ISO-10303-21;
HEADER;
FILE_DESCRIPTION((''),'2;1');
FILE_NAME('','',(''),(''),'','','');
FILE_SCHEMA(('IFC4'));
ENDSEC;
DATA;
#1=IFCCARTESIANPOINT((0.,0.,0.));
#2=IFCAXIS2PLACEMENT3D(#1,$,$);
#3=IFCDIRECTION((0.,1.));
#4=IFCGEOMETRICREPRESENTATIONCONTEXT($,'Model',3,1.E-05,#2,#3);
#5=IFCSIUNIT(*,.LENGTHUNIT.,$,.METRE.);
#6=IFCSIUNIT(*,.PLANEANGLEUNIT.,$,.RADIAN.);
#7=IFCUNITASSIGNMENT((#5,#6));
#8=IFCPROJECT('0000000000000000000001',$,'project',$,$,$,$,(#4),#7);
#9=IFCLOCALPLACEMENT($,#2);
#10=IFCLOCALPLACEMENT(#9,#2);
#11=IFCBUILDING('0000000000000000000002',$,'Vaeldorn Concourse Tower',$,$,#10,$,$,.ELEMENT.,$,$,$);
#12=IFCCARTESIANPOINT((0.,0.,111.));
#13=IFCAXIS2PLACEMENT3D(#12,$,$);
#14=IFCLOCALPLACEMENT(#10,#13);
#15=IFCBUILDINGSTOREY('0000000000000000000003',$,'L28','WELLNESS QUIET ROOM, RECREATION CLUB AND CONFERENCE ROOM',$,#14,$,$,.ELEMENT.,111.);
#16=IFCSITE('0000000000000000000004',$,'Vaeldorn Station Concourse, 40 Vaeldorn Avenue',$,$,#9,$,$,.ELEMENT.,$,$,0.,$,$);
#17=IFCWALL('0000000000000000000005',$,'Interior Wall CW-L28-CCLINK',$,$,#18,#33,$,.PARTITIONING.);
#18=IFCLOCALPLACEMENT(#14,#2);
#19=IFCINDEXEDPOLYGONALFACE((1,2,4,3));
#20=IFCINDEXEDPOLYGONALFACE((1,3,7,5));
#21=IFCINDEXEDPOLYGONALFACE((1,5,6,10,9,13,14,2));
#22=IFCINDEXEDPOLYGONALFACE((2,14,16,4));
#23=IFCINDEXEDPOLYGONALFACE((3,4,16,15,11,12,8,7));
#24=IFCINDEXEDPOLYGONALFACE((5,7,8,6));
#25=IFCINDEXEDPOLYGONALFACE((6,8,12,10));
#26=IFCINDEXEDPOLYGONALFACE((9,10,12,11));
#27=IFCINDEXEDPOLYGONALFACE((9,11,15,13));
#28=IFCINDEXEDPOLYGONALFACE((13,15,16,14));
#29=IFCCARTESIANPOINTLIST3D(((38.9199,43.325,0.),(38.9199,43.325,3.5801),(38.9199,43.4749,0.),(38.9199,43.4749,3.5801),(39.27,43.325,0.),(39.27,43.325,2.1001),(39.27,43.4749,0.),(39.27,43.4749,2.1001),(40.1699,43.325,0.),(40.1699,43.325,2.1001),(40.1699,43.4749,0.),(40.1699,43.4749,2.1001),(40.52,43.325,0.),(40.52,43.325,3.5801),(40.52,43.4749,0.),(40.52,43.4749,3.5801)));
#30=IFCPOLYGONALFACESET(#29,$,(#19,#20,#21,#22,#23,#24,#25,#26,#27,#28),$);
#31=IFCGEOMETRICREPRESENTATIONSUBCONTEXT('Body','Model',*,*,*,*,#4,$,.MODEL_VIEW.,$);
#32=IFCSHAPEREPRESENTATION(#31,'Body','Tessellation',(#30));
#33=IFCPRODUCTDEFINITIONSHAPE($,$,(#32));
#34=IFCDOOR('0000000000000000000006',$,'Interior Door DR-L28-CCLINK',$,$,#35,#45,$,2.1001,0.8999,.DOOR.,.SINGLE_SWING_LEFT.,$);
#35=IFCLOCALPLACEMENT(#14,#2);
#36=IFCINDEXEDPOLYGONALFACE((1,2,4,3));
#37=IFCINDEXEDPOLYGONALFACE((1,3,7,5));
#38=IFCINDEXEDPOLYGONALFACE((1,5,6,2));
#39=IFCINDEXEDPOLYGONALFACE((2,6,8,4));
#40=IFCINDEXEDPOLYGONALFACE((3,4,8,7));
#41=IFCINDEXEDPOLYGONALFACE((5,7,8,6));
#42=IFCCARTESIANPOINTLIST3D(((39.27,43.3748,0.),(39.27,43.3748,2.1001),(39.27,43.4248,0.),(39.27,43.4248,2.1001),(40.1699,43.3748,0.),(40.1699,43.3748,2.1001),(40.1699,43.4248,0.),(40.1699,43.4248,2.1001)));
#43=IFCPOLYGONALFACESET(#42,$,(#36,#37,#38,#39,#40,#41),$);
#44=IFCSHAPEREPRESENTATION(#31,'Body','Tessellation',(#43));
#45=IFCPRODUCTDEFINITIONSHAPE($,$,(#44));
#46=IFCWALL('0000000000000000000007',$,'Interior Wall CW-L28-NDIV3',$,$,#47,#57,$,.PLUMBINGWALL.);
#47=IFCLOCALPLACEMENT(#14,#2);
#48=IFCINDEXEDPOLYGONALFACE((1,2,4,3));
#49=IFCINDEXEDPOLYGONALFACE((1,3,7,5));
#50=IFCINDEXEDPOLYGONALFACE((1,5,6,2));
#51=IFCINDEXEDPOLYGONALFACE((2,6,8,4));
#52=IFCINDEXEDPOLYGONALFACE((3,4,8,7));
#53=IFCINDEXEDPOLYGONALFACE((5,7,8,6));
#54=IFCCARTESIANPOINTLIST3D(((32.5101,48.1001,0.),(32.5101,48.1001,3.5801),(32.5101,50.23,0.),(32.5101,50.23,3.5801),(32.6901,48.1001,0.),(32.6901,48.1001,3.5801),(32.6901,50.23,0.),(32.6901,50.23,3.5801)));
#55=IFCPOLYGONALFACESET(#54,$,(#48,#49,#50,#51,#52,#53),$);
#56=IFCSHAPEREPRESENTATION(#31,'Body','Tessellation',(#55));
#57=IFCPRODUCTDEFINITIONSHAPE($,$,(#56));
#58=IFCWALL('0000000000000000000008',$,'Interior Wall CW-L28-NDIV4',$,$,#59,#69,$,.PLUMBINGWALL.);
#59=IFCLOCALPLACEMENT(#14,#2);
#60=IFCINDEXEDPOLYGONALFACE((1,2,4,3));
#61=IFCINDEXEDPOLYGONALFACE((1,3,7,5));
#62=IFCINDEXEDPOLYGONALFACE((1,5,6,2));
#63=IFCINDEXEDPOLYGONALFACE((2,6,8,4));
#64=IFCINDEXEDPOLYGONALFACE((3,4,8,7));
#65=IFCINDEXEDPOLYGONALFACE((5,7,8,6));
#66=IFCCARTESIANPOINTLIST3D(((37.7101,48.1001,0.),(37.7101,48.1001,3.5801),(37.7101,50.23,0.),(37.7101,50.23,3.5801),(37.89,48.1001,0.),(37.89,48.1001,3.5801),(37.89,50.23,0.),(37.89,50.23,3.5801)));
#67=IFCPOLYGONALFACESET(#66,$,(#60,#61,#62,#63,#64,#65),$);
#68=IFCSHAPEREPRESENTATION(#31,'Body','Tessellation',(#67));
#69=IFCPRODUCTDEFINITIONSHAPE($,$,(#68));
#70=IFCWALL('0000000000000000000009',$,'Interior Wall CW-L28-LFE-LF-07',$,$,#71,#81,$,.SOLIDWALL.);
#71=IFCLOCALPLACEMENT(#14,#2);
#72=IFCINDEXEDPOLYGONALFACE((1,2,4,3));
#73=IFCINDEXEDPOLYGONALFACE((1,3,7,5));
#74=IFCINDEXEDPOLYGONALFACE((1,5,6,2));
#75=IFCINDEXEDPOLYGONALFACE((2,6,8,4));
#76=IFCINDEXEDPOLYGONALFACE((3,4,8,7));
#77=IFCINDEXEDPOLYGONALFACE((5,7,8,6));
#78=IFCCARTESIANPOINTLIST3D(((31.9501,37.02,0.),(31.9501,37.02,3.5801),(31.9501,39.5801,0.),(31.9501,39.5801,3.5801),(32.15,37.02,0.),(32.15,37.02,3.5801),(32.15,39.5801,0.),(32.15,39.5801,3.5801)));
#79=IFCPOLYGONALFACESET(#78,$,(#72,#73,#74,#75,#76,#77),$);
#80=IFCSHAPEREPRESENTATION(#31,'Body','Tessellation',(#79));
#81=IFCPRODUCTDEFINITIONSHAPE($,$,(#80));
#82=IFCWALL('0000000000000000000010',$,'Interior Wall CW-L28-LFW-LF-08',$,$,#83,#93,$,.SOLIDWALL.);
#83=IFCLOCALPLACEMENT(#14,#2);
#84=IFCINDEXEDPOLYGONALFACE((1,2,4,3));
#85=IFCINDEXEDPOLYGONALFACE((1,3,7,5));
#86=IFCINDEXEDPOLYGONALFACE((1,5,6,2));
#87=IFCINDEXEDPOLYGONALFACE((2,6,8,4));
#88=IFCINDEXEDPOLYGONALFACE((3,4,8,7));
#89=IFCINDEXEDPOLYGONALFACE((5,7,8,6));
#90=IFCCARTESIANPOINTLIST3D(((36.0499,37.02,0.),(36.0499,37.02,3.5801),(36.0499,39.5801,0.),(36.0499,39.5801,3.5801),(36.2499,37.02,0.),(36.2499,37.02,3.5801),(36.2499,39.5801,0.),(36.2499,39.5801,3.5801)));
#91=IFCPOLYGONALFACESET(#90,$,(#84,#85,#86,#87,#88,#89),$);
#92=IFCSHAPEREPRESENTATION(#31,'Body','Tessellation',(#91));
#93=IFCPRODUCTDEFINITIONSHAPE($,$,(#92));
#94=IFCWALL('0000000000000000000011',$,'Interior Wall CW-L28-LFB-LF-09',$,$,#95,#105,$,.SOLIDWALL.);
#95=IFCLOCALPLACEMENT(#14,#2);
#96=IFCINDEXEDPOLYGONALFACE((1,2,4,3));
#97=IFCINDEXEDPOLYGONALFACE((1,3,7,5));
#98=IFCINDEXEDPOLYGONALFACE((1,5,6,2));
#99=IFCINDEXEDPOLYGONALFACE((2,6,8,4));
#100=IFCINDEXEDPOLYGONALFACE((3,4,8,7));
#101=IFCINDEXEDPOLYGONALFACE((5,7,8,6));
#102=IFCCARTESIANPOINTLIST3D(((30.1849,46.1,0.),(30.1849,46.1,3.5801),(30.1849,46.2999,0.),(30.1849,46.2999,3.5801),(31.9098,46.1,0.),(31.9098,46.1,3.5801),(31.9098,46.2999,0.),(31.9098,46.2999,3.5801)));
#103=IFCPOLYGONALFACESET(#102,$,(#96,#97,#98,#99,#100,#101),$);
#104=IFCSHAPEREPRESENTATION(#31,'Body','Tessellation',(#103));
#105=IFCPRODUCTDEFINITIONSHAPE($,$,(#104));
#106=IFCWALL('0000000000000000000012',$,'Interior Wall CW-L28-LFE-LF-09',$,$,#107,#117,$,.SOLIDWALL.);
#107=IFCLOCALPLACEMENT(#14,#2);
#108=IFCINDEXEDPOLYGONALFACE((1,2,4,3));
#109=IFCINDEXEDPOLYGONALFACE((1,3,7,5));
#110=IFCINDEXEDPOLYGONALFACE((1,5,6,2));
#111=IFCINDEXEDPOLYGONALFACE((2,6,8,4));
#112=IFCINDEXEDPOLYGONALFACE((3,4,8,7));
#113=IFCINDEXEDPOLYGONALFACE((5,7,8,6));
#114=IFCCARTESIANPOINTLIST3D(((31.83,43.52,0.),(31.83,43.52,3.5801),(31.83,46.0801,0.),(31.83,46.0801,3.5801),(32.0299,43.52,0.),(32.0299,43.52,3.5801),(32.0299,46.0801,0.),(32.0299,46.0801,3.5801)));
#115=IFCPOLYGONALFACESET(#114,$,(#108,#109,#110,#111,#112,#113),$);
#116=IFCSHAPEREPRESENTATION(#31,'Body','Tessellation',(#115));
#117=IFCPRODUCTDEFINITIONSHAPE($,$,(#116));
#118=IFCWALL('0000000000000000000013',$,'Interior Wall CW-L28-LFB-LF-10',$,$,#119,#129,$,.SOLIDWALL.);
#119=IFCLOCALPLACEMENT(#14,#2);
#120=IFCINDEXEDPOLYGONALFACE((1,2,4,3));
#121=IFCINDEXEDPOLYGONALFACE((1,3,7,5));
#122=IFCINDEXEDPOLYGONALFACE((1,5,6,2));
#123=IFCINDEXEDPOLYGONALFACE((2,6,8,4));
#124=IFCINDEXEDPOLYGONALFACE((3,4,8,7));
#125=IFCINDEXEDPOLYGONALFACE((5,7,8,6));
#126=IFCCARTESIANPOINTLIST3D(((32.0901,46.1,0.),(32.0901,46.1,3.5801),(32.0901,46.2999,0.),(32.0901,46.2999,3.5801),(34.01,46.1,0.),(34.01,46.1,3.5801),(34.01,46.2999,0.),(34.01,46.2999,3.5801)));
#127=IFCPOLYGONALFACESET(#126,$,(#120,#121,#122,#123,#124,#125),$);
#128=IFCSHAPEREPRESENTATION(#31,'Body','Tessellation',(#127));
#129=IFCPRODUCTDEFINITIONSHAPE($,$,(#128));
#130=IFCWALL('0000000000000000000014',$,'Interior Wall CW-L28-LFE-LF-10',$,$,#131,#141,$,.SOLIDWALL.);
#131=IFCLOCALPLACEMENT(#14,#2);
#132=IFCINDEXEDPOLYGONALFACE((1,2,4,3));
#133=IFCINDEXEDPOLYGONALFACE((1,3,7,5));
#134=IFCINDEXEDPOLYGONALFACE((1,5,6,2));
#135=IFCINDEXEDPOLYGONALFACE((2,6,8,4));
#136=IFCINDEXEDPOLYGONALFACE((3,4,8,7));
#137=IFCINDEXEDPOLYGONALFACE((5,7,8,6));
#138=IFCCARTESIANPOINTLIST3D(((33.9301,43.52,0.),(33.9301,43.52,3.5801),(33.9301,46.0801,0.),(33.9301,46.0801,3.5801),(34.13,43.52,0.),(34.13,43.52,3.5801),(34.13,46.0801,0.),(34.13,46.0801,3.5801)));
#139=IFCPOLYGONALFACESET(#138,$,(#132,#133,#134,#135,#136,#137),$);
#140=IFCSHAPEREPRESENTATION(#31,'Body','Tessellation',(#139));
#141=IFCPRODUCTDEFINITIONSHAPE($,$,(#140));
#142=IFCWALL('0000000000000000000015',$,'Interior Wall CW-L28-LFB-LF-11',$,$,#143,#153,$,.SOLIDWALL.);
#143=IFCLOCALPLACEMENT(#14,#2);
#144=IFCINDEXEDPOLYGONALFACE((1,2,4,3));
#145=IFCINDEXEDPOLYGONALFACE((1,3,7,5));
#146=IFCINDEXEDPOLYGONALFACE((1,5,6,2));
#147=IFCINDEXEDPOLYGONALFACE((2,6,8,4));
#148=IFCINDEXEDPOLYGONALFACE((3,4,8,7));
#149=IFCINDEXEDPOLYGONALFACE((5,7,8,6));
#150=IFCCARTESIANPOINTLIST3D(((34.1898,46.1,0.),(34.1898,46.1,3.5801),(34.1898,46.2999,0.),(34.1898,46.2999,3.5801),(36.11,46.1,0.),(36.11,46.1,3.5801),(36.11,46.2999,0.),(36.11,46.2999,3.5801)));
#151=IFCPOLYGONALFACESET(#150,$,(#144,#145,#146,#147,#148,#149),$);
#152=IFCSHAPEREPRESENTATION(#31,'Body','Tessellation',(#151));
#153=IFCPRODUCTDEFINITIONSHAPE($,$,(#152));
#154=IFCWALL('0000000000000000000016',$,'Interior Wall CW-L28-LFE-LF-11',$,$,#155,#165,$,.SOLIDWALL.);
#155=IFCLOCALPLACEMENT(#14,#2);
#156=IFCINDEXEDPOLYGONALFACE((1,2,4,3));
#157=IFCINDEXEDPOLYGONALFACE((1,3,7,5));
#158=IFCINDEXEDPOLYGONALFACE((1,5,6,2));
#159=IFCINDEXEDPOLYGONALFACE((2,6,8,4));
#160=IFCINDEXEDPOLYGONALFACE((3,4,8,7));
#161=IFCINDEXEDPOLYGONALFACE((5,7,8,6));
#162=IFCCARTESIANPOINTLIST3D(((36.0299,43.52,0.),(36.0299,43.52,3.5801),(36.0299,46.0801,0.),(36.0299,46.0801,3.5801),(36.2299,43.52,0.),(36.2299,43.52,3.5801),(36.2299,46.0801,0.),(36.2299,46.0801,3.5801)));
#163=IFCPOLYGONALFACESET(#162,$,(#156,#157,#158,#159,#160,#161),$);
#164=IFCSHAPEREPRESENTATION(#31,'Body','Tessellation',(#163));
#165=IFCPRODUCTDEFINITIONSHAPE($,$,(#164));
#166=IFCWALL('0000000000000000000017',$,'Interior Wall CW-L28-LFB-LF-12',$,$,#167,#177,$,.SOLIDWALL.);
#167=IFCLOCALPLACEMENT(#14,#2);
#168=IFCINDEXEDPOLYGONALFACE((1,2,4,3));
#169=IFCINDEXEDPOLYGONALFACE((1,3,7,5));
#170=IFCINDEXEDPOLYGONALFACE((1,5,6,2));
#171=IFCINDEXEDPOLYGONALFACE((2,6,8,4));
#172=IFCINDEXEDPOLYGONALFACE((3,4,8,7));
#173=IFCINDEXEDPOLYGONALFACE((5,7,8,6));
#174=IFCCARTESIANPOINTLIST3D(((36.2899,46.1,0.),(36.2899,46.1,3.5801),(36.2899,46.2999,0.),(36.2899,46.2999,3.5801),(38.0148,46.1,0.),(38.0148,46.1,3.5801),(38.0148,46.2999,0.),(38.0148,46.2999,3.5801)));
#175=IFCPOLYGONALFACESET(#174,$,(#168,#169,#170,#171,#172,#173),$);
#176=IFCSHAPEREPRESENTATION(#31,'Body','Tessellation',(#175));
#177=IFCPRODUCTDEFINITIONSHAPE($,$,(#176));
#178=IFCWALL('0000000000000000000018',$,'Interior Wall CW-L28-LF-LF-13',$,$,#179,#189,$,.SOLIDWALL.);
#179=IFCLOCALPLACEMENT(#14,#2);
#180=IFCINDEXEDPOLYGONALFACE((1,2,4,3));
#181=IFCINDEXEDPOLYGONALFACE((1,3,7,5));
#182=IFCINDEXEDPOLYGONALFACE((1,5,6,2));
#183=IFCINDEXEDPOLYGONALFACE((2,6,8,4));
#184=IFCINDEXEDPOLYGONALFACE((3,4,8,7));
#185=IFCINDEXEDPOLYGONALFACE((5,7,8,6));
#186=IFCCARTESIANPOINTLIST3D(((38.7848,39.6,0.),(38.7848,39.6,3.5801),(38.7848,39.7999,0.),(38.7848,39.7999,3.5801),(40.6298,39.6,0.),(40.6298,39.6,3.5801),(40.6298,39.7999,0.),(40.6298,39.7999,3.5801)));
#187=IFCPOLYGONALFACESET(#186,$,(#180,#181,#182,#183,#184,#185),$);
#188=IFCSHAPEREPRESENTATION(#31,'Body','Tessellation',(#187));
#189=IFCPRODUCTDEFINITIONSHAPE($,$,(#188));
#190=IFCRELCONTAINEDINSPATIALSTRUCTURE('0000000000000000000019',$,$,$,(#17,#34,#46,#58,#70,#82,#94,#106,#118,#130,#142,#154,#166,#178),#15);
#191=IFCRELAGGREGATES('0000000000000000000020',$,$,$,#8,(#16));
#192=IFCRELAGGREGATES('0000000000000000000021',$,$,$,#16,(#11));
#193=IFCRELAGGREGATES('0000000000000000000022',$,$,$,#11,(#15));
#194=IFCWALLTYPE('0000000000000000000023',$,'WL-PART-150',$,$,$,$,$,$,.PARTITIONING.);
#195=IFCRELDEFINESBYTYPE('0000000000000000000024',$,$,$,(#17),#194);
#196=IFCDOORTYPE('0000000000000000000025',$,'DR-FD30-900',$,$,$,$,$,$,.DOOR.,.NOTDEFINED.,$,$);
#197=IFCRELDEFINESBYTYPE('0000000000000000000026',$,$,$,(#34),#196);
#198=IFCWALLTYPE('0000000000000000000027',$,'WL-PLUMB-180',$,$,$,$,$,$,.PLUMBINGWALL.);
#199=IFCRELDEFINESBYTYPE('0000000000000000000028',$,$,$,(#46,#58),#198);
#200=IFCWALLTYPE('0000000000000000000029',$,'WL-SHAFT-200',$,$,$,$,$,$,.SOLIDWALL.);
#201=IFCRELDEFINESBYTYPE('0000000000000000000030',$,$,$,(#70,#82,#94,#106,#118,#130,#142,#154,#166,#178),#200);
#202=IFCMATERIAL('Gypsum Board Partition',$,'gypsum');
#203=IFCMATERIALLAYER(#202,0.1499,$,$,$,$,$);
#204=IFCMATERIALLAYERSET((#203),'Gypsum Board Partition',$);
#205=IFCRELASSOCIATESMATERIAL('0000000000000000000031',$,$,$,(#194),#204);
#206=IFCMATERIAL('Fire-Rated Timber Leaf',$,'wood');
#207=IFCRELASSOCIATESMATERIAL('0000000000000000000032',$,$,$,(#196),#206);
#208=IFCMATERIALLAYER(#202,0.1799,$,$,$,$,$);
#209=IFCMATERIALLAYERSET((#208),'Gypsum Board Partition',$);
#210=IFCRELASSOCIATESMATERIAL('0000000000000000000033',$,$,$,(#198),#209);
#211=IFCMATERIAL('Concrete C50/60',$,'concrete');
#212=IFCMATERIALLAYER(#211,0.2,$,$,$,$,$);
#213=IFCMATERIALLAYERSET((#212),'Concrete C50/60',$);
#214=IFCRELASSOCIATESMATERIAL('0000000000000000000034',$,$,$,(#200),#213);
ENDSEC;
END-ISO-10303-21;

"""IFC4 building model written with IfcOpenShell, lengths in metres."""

from ifc_helpers import new_model, si_unit, direction, frame, frame_2d, origin, place, context, subcontext, project, spatial, rectangle, extrude, source, transform, mapped, material, layer, layer_set, type_object, element, fill, save


model = new_model("IFC4")

# Units and contexts
model_context = context("Model", 3, precision=1e-05, world=origin(), true_north=direction((0.0, 1.0)))
body_context = subcontext(model_context, "Body", "Model", "MODEL_VIEW")
ifc_project = project(units=[si_unit("LENGTHUNIT", "METRE"), si_unit("PLANEANGLEUNIT", "RADIAN")], contexts=[model_context])

# Site, building, storey
site_placement = place(None, origin())
site = spatial("IfcSite", under=ifc_project, at=site_placement, Name="Vaeldorn Station Concourse, 40 Vaeldorn Avenue", CompositionType="ELEMENT", RefElevation=0.0)
building_placement = place(site_placement, origin())
building = spatial("IfcBuilding", under=site, at=building_placement, Name="Vaeldorn Concourse Tower", CompositionType="ELEMENT")
storey_placement = place(building_placement, frame((0.0, 0.0, 111.0)))
storey = spatial("IfcBuildingStorey", under=building, at=storey_placement, Name="L28", Description="WELLNESS QUIET ROOM, RECREATION CLUB AND CONFERENCE ROOM", CompositionType="ELEMENT", Elevation=111.0)

# Wall, opening, door
ifc_material_1 = material(Name="Gypsum Board Partition", Category="gypsum")
ifc_layer_1 = layer(ifc_material_1, 0.1499)
ifc_layer_set_1 = layer_set([ifc_layer_1], Name="Gypsum Board Partition")
wall_type_1 = type_object("IfcWallType", Name="WL-PART-150", PredefinedType="PARTITIONING", material=ifc_layer_set_1)
wall_1_placement = place(storey_placement, frame((38.9199, 43.3999, 0.0), z_axis=(0.0, 0.0, 1.0), x_axis=(1.0, 0.0, 0.0)))
wall_1 = element("IfcWall", 1, at=wall_1_placement, inside=storey, type_object=wall_type_1, Name="Interior Wall CW-L28-CCLINK", PredefinedType="PARTITIONING", context=body_context, shape_type="SweptSolid", body=[
    extrude(rectangle(XDim=1.6001, YDim=0.1499, at=frame_2d((0.8, 0.0))), origin(), (0.0, 0.0, 1.0), 3.5801),
])
opening_1_placement = place(wall_1_placement, frame((0.3501, 0.0, 0.0)))
opening_1 = element("IfcOpeningElement", 2, at=opening_1_placement, cuts=wall_1, PredefinedType="OPENING", context=body_context, shape_type="SweptSolid", body=[
    extrude(rectangle(XDim=0.8999, YDim=2.1001, at=frame_2d((0.45, 1.05))), frame((0.0, 0.085, 0.0), z_axis=(0.0, -1.0, 0.0), x_axis=(1.0, 0.0, 0.0)), (0.0, 0.0, 1.0), 0.1699),
])
ifc_material_2 = material(Name="Fire-Rated Timber Leaf", Category="wood")
door_type_1 = type_object("IfcDoorType", Name="DR-FD30-900", OperationType="NOTDEFINED", PredefinedType="DOOR", material=ifc_material_2)
shared_shape_1 = source(origin(), body_context, "Body", "SweptSolid", [
    extrude(rectangle(XDim=0.8999, YDim=2.1001, at=frame_2d((0.45, 1.05))), frame((0.0, 0.0249, 0.0), z_axis=(0.0, -1.0, 0.0), x_axis=(1.0, 0.0, 0.0)), (0.0, 0.0, 1.0), 0.05),
])
door_1_placement = place(opening_1_placement, origin())
door_1 = element("IfcDoor", 3, at=door_1_placement, inside=storey, type_object=door_type_1, Name="Interior Door DR-L28-CCLINK", OperationType="SINGLE_SWING_LEFT", OverallHeight=2.1001, OverallWidth=0.8999, PredefinedType="DOOR", context=body_context, shape_type="MappedRepresentation", body=[
    mapped(shared_shape_1, transform((0.0, 0.0, 0.0), scale=1.0)),
])
fill(opening_1, door_1)

# Walls
ifc_layer_2 = layer(ifc_material_1, 0.1799)
ifc_layer_set_2 = layer_set([ifc_layer_2], Name="Gypsum Board Partition")
wall_type_2 = type_object("IfcWallType", Name="WL-PLUMB-180", PredefinedType="PLUMBINGWALL", material=ifc_layer_set_2)
for number, where, z_axis, x_axis, name in (
    (4, (32.6001, 48.1001, 0.0), (0.0, 0.0, 1.0), (0.0, 1.0, 0.0), "Interior Wall CW-L28-NDIV3"),
    (5, (37.8, 48.1001, 0.0), (0.0, 0.0, 1.0), (0.0, 1.0, 0.0), "Interior Wall CW-L28-NDIV4"),
):
    element("IfcWall", number, at=place(storey_placement, frame(where, z_axis=z_axis, x_axis=x_axis)), inside=storey, type_object=wall_type_2, Name=name, PredefinedType="PLUMBINGWALL", context=body_context, shape_type="SweptSolid", body=[
        extrude(rectangle(XDim=2.1299, YDim=0.1799, at=frame_2d((1.0649, 0.0))), origin(), (0.0, 0.0, 1.0), 3.5801),
    ])
ifc_material_3 = material(Name="Concrete C50/60", Category="concrete")
ifc_layer_3 = layer(ifc_material_3, 0.2)
ifc_layer_set_3 = layer_set([ifc_layer_3], Name="Concrete C50/60")
wall_type_3 = type_object("IfcWallType", Name="WL-SHAFT-200", PredefinedType="SOLIDWALL", material=ifc_layer_set_3)
wall_2_placement = place(storey_placement, frame((32.05, 37.02, 0.0), z_axis=(0.0, 0.0, 1.0), x_axis=(0.0, 1.0, 0.0)))
element("IfcWall", 6, at=wall_2_placement, inside=storey, type_object=wall_type_3, Name="Interior Wall CW-L28-LFE-LF-07", PredefinedType="SOLIDWALL", context=body_context, shape_type="SweptSolid", body=[
    extrude(rectangle(XDim=2.5601, YDim=0.2, at=frame_2d((1.28, 0.0))), origin(), (0.0, 0.0, 1.0), 3.5801),
])

# Wall
wall_3_placement = place(storey_placement, frame((36.1499, 37.02, 0.0), z_axis=(0.0, 0.0, 1.0), x_axis=(0.0, 1.0, 0.0)))
element("IfcWall", 7, at=wall_3_placement, inside=storey, type_object=wall_type_3, Name="Interior Wall CW-L28-LFW-LF-08", PredefinedType="SOLIDWALL", context=body_context, shape_type="SweptSolid", body=[
    extrude(rectangle(XDim=2.5601, YDim=0.2, at=frame_2d((1.28, 0.0))), origin(), (0.0, 0.0, 1.0), 3.5801),
])

# Walls
wall_4_placement = place(storey_placement, frame((30.1851, 46.2, 0.0), z_axis=(0.0, 0.0, 1.0), x_axis=(1.0, 0.0, 0.0)))
element("IfcWall", 8, at=wall_4_placement, inside=storey, type_object=wall_type_3, Name="Interior Wall CW-L28-LFB-LF-09", PredefinedType="SOLIDWALL", context=body_context, shape_type="SweptSolid", body=[
    extrude(rectangle(XDim=1.7249, YDim=0.2, at=frame_2d((0.8623, 0.0))), origin(), (0.0, 0.0, 1.0), 3.5801),
])
wall_5_placement = place(storey_placement, frame((31.9299, 43.52, 0.0), z_axis=(0.0, 0.0, 1.0), x_axis=(0.0, 1.0, 0.0)))
element("IfcWall", 9, at=wall_5_placement, inside=storey, type_object=wall_type_3, Name="Interior Wall CW-L28-LFE-LF-09", PredefinedType="SOLIDWALL", context=body_context, shape_type="SweptSolid", body=[
    extrude(rectangle(XDim=2.5601, YDim=0.2, at=frame_2d((1.28, 0.0))), origin(), (0.0, 0.0, 1.0), 3.5801),
])

# Walls
wall_6_placement = place(storey_placement, frame((32.0901, 46.2, 0.0), z_axis=(0.0, 0.0, 1.0), x_axis=(1.0, 0.0, 0.0)))
element("IfcWall", 10, at=wall_6_placement, inside=storey, type_object=wall_type_3, Name="Interior Wall CW-L28-LFB-LF-10", PredefinedType="SOLIDWALL", context=body_context, shape_type="SweptSolid", body=[
    extrude(rectangle(XDim=1.9199, YDim=0.2, at=frame_2d((0.96, 0.0))), origin(), (0.0, 0.0, 1.0), 3.5801),
])
wall_7_placement = place(storey_placement, frame((34.03, 43.52, 0.0), z_axis=(0.0, 0.0, 1.0), x_axis=(0.0, 1.0, 0.0)))
element("IfcWall", 11, at=wall_7_placement, inside=storey, type_object=wall_type_3, Name="Interior Wall CW-L28-LFE-LF-10", PredefinedType="SOLIDWALL", context=body_context, shape_type="SweptSolid", body=[
    extrude(rectangle(XDim=2.5601, YDim=0.2, at=frame_2d((1.28, 0.0))), origin(), (0.0, 0.0, 1.0), 3.5801),
])

# Walls
wall_8_placement = place(storey_placement, frame((34.1899, 46.2, 0.0), z_axis=(0.0, 0.0, 1.0), x_axis=(1.0, 0.0, 0.0)))
element("IfcWall", 12, at=wall_8_placement, inside=storey, type_object=wall_type_3, Name="Interior Wall CW-L28-LFB-LF-11", PredefinedType="SOLIDWALL", context=body_context, shape_type="SweptSolid", body=[
    extrude(rectangle(XDim=1.9202, YDim=0.2, at=frame_2d((0.96, 0.0))), origin(), (0.0, 0.0, 1.0), 3.5801),
])
wall_9_placement = place(storey_placement, frame((36.1299, 43.52, 0.0), z_axis=(0.0, 0.0, 1.0), x_axis=(0.0, 1.0, 0.0)))
element("IfcWall", 13, at=wall_9_placement, inside=storey, type_object=wall_type_3, Name="Interior Wall CW-L28-LFE-LF-11", PredefinedType="SOLIDWALL", context=body_context, shape_type="SweptSolid", body=[
    extrude(rectangle(XDim=2.5601, YDim=0.2, at=frame_2d((1.28, 0.0))), origin(), (0.0, 0.0, 1.0), 3.5801),
])

# Walls
wall_10_placement = place(storey_placement, frame((36.29, 46.2, 0.0), z_axis=(0.0, 0.0, 1.0), x_axis=(1.0, 0.0, 0.0)))
element("IfcWall", 14, at=wall_10_placement, inside=storey, type_object=wall_type_3, Name="Interior Wall CW-L28-LFB-LF-12", PredefinedType="SOLIDWALL", context=body_context, shape_type="SweptSolid", body=[
    extrude(rectangle(XDim=1.7249, YDim=0.2, at=frame_2d((0.8623, 0.0))), origin(), (0.0, 0.0, 1.0), 3.5801),
])
wall_11_placement = place(storey_placement, frame((38.7849, 39.7, 0.0), z_axis=(0.0, 0.0, 1.0), x_axis=(1.0, 0.0, 0.0)))
element("IfcWall", 15, at=wall_11_placement, inside=storey, type_object=wall_type_3, Name="Interior Wall CW-L28-LF-LF-13", PredefinedType="SOLIDWALL", context=body_context, shape_type="SweptSolid", body=[
    extrude(rectangle(XDim=1.845, YDim=0.2, at=frame_2d((0.9224, 0.0))), origin(), (0.0, 0.0, 1.0), 3.5801),
])

save(model, "model.ifc")
